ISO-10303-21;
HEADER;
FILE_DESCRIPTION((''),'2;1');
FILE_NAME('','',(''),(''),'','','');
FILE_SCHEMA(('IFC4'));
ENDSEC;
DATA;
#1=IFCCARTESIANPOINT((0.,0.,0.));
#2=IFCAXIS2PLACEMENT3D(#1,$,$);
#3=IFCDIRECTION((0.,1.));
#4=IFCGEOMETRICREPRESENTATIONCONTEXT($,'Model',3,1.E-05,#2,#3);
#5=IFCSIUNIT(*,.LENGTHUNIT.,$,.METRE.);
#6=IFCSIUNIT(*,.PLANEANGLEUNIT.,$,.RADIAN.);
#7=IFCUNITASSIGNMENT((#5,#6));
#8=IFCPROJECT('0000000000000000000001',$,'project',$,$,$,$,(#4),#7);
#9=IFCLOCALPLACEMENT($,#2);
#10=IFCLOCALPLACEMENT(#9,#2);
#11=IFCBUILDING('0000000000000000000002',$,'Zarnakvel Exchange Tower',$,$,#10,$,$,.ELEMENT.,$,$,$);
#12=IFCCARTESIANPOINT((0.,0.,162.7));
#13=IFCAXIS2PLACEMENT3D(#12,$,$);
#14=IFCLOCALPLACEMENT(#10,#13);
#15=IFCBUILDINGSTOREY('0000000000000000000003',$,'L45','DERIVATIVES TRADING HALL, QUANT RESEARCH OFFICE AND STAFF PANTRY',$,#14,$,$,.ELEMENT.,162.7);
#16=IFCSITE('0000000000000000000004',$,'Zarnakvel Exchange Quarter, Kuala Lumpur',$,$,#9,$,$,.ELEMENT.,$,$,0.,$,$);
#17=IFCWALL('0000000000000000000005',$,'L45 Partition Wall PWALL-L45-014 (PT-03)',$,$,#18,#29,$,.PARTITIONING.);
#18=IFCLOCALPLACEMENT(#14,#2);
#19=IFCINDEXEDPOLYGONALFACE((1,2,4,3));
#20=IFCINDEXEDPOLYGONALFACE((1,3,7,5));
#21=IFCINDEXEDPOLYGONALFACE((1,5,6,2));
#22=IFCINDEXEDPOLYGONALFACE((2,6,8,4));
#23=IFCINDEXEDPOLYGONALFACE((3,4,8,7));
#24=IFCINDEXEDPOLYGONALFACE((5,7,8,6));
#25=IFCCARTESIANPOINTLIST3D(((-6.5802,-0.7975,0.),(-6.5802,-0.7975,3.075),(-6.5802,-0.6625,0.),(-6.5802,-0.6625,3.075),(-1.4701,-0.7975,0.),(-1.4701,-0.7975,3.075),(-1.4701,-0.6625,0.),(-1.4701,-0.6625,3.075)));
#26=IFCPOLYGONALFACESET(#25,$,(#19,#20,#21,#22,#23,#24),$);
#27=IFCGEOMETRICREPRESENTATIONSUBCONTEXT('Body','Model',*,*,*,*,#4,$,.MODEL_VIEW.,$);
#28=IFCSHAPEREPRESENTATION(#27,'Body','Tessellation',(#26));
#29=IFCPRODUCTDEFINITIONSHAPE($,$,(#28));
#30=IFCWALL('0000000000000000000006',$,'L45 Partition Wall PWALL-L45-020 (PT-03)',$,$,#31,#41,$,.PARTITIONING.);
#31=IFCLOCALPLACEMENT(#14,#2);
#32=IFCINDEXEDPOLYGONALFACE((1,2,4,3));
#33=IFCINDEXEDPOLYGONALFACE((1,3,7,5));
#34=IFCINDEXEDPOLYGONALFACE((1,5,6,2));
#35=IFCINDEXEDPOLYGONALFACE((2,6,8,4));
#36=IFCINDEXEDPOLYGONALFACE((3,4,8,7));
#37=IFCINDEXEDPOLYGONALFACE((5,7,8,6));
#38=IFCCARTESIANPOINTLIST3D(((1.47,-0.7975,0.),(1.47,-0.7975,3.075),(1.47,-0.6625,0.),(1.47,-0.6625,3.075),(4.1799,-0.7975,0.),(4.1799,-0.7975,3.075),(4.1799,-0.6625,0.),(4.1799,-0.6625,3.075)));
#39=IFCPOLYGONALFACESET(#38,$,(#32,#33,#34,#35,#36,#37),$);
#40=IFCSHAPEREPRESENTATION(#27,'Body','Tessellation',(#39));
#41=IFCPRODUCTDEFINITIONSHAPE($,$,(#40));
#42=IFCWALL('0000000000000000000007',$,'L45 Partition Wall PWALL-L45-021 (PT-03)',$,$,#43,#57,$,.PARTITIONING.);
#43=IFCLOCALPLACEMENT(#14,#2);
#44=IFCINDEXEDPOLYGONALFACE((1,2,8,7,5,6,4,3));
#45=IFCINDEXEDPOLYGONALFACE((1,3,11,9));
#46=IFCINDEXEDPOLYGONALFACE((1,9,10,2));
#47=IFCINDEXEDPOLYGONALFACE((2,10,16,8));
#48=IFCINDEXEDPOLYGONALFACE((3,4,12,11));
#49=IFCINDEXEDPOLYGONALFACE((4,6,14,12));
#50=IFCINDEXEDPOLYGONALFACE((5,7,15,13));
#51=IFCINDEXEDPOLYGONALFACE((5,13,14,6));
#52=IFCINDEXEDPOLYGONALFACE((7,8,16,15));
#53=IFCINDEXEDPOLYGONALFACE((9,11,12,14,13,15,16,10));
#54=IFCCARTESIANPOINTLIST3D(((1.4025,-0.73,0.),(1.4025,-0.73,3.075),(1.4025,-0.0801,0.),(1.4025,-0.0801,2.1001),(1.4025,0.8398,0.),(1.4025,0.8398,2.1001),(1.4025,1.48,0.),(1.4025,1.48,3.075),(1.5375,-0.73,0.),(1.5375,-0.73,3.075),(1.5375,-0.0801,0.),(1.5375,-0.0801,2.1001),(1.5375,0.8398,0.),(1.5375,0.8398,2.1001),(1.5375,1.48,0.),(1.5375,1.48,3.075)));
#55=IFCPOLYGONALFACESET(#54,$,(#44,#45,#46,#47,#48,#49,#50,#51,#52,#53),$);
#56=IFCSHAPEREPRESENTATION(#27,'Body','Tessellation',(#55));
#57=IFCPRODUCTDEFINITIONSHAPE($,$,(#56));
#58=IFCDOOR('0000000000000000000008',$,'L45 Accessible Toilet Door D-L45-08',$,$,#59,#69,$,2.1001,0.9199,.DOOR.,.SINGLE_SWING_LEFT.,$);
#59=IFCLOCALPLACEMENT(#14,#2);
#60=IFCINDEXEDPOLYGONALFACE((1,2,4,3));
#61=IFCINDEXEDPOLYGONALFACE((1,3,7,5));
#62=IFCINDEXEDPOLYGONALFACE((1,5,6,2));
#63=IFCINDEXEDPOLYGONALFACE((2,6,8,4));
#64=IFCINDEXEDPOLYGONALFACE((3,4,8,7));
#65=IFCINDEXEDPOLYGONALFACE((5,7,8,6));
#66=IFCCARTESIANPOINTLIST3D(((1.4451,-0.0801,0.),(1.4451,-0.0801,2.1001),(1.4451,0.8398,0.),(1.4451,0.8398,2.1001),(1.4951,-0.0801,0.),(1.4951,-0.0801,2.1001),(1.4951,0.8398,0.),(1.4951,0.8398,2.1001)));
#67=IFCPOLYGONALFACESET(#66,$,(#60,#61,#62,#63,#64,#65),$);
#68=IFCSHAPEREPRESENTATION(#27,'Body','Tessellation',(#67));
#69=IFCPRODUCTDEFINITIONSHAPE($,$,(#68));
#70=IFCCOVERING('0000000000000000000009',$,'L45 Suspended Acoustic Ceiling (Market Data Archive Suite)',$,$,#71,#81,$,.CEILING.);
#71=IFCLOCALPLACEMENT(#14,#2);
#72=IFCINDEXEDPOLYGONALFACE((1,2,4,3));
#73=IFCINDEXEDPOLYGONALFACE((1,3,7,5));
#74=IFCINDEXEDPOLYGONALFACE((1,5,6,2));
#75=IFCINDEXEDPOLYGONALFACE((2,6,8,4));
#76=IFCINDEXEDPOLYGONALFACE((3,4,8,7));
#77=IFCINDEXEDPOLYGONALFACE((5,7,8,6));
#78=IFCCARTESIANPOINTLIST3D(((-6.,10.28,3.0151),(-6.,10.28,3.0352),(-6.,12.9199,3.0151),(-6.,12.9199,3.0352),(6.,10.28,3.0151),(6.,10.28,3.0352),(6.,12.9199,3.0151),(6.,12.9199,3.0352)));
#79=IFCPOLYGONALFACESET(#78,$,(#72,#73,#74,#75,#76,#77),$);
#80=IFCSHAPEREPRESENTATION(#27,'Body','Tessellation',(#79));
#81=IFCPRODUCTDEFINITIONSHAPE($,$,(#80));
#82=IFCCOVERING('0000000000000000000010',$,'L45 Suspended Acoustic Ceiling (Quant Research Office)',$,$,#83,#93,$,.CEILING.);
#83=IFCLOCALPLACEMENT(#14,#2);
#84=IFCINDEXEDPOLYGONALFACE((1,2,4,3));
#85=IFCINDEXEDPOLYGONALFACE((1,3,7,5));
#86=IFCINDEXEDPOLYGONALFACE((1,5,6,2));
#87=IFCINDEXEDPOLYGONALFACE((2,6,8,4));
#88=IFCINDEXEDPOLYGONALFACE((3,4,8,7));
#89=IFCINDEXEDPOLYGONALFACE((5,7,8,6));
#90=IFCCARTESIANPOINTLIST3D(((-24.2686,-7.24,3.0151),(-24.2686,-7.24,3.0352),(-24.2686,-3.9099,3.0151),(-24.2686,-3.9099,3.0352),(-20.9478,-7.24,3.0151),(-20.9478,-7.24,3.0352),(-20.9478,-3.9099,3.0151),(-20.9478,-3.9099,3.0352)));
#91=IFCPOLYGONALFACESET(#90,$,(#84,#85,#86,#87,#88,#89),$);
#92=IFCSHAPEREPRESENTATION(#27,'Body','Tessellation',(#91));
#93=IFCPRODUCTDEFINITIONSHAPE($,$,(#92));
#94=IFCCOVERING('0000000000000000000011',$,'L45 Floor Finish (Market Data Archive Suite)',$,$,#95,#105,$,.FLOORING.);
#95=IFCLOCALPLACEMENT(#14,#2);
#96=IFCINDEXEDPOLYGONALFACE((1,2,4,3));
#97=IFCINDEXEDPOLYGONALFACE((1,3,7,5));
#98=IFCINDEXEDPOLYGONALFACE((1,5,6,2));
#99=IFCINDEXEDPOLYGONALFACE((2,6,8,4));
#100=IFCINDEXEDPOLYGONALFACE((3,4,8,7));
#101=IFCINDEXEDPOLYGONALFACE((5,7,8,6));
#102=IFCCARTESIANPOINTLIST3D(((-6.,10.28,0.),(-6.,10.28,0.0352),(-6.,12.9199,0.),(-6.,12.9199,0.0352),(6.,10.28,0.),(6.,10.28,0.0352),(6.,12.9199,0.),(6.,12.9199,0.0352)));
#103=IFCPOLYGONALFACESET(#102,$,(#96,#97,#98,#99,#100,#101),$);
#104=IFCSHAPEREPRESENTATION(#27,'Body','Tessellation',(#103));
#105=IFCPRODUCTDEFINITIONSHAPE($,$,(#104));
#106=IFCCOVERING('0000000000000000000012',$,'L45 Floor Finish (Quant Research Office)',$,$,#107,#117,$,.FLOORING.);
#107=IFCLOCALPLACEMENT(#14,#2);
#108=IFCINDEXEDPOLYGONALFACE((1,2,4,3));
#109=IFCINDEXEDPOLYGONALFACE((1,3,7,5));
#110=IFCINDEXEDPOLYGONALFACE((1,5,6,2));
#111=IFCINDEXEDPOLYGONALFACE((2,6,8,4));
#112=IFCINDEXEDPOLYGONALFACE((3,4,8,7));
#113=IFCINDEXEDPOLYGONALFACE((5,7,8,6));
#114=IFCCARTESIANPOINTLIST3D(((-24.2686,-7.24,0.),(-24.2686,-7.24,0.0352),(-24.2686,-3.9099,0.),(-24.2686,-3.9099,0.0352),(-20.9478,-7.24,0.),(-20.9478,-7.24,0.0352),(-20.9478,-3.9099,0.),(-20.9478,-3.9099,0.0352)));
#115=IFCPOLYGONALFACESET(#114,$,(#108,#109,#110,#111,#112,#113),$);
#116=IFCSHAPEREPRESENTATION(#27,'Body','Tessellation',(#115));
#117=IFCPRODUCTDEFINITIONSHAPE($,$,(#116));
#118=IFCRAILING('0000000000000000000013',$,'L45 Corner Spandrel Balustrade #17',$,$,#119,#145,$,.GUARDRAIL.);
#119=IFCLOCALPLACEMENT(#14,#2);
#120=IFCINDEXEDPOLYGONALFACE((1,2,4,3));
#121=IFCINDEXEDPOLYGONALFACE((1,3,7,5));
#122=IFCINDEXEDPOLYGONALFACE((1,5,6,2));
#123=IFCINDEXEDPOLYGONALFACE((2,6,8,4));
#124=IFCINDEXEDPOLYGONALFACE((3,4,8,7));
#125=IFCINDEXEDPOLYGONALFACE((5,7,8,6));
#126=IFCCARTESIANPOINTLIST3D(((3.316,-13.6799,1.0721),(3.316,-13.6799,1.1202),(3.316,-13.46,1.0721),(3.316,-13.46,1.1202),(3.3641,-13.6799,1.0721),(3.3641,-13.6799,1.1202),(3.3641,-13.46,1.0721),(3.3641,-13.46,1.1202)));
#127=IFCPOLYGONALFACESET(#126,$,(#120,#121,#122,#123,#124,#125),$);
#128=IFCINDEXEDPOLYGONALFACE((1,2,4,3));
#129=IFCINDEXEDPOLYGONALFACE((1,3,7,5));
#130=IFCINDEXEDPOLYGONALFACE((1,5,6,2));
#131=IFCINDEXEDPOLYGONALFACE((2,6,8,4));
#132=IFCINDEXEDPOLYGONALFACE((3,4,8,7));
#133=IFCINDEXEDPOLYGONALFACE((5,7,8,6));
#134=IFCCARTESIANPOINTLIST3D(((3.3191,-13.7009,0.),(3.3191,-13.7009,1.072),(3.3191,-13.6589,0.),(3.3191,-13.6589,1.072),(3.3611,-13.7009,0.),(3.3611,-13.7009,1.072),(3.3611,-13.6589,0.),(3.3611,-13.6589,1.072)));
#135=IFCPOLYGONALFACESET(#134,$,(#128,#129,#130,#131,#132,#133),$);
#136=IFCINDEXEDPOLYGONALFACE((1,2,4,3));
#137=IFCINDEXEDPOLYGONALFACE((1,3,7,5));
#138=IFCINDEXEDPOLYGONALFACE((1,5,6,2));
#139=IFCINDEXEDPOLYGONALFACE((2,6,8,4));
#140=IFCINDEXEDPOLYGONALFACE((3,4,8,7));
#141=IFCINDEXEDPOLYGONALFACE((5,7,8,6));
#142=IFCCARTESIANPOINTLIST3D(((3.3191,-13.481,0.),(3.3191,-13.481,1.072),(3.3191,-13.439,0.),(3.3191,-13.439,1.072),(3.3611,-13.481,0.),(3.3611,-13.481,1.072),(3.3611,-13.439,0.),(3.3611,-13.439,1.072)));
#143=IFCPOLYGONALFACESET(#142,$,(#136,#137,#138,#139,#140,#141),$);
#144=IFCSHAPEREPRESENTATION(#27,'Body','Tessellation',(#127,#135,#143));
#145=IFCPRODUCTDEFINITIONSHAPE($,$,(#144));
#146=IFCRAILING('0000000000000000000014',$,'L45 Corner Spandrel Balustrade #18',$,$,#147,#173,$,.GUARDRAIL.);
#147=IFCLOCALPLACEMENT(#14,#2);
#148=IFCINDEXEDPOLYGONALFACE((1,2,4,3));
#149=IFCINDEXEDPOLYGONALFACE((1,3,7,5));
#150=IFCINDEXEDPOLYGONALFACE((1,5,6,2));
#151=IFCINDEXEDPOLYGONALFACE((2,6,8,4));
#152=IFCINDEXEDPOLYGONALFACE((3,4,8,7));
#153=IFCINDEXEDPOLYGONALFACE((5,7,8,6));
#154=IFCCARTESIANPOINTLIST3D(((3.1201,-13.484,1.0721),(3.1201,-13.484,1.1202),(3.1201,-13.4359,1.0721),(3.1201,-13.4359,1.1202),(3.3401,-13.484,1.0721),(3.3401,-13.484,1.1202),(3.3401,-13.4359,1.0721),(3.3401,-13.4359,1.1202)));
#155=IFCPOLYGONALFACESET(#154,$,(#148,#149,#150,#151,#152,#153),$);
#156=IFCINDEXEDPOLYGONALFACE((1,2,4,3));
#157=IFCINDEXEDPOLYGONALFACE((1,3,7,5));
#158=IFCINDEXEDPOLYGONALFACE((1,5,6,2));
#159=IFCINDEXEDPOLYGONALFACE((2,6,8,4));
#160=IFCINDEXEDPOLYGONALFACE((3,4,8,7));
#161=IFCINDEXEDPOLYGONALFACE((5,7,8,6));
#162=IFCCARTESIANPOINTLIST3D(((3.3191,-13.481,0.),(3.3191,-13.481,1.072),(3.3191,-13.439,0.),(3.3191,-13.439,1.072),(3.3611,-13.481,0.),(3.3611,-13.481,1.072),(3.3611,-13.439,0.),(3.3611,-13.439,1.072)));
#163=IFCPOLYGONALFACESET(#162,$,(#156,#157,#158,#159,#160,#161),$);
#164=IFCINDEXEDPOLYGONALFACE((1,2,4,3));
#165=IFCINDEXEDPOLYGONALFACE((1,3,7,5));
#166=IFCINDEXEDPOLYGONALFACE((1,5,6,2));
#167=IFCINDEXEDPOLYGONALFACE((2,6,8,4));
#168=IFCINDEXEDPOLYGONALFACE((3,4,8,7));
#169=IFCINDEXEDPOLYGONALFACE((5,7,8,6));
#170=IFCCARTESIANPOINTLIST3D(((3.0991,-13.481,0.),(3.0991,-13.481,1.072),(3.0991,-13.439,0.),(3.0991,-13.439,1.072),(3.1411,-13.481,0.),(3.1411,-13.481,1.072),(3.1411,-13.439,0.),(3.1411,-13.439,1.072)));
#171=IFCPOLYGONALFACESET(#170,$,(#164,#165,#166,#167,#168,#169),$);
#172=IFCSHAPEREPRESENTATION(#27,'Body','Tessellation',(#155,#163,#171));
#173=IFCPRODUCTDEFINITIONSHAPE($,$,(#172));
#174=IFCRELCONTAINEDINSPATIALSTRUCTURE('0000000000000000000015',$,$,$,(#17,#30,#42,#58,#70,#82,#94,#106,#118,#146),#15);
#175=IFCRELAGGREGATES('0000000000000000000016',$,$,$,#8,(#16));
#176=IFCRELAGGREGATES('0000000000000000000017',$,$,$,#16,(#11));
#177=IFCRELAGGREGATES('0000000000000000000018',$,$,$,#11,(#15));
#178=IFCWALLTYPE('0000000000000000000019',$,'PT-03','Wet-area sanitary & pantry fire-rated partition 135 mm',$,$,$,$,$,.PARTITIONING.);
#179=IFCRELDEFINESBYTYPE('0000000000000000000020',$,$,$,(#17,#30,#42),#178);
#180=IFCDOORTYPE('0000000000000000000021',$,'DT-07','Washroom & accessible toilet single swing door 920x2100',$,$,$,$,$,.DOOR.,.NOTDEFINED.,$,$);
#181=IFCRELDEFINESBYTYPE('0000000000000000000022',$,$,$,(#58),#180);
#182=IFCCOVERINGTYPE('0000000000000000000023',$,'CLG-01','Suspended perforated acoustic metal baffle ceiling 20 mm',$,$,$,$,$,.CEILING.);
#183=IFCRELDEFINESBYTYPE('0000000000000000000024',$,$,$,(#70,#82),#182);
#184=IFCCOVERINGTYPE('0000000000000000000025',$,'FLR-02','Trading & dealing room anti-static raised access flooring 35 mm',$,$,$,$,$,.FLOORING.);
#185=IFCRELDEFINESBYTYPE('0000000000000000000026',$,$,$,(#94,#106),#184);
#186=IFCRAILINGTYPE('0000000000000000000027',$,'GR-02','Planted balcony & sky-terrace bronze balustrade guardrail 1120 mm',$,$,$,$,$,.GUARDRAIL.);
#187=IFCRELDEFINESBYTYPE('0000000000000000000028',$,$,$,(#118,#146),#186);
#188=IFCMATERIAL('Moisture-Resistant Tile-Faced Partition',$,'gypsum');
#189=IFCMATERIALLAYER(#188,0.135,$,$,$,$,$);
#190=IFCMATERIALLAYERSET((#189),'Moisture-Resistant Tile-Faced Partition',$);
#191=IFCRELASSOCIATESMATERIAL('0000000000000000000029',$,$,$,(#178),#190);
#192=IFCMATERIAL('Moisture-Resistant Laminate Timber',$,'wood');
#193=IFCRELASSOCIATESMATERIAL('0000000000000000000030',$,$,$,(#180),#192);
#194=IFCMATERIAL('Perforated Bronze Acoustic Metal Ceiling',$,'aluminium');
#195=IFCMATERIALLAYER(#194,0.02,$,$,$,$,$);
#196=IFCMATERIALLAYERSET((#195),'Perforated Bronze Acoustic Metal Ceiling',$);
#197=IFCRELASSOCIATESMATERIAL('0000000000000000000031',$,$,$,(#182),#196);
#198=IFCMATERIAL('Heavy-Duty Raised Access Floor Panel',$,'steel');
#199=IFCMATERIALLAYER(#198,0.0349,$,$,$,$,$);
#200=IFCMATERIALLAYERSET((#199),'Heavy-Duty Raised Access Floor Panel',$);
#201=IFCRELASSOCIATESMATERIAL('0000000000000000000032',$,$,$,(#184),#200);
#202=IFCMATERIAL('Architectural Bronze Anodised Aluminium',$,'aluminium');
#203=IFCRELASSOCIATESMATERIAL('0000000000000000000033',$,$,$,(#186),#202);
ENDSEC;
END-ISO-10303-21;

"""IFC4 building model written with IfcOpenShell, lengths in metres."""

from ifc_helpers import new_model, si_unit, direction, frame, frame_2d, origin, origin_2d, place, context, subcontext, project, spatial, polyline, rectangle, outline, extrude, source, transform, mapped, material, layer, layer_set, type_object, element, fill, save


model = new_model("IFC4")

# Units and contexts
model_context = context("Model", 3, precision=1e-05, world=origin(), true_north=direction((0.0, 1.0)))
body_context = subcontext(model_context, "Body", "Model", "MODEL_VIEW")
ifc_project = project(units=[si_unit("LENGTHUNIT", "METRE"), si_unit("PLANEANGLEUNIT", "RADIAN")], contexts=[model_context])

# Site, building, storey
site_placement = place(None, origin())
site = spatial("IfcSite", under=ifc_project, at=site_placement, Name="Zarnakvel Exchange Quarter, Kuala Lumpur", CompositionType="ELEMENT", RefElevation=0.0)
building_placement = place(site_placement, origin())
building = spatial("IfcBuilding", under=site, at=building_placement, Name="Zarnakvel Exchange Tower", CompositionType="ELEMENT")
storey_placement = place(building_placement, frame((0.0, 0.0, 162.7)))
storey = spatial("IfcBuildingStorey", under=building, at=storey_placement, Name="L45", Description="DERIVATIVES TRADING HALL, QUANT RESEARCH OFFICE AND STAFF PANTRY", CompositionType="ELEMENT", Elevation=162.7)

# Walls
ifc_material_1 = material(Name="Moisture-Resistant Tile-Faced Partition", Category="gypsum")
ifc_layer_1 = layer(ifc_material_1, 0.135)
ifc_layer_set_1 = layer_set([ifc_layer_1], Name="Moisture-Resistant Tile-Faced Partition")
wall_type_1 = type_object("IfcWallType", Name="PT-03", Description="Wet-area sanitary & pantry fire-rated partition 135 mm", PredefinedType="PARTITIONING", material=ifc_layer_set_1)
wall_1_placement = place(storey_placement, frame((-1.47, -0.73, 0.0), z_axis=(0.0, 0.0, 1.0), x_axis=(-1.0, 0.0, 0.0)))
element("IfcWall", 1, at=wall_1_placement, inside=storey, type_object=wall_type_1, Name="L45 Partition Wall PWALL-L45-014 (PT-03)", PredefinedType="PARTITIONING", context=body_context, shape_type="SweptSolid", body=[
    extrude(rectangle(XDim=5.1101, YDim=0.135, at=frame_2d((2.5552, 0.0))), origin(), (0.0, 0.0, 1.0), 3.075),
])
wall_2_placement = place(storey_placement, frame((4.1799, -0.73, 0.0), z_axis=(0.0, 0.0, 1.0), x_axis=(-1.0, 0.0, 0.0)))
element("IfcWall", 2, at=wall_2_placement, inside=storey, type_object=wall_type_1, Name="L45 Partition Wall PWALL-L45-020 (PT-03)", PredefinedType="PARTITIONING", context=body_context, shape_type="SweptSolid", body=[
    extrude(rectangle(XDim=2.71, YDim=0.135, at=frame_2d((1.355, 0.0))), origin(), (0.0, 0.0, 1.0), 3.075),
])

# Wall, opening, door
wall_3_placement = place(storey_placement, frame((1.47, -0.73, 0.0), z_axis=(0.0, 0.0, 1.0), x_axis=(0.0, 1.0, 0.0)))
wall_3 = element("IfcWall", 3, at=wall_3_placement, inside=storey, type_object=wall_type_1, Name="L45 Partition Wall PWALL-L45-021 (PT-03)", PredefinedType="PARTITIONING", context=body_context, shape_type="SweptSolid", body=[
    extrude(rectangle(XDim=2.21, YDim=0.135, at=frame_2d((1.105, 0.0))), origin(), (0.0, 0.0, 1.0), 3.075),
])
opening_1_placement = place(wall_3_placement, frame((0.6499, 0.0, 0.0)))
opening_1 = element("IfcOpeningElement", 4, at=opening_1_placement, cuts=wall_3, PredefinedType="OPENING", context=body_context, shape_type="SweptSolid", body=[
    extrude(rectangle(XDim=0.9199, YDim=2.1001, at=frame_2d((0.46, 1.05))), frame((0.0, 0.0774, 0.0), z_axis=(0.0, -1.0, 0.0), x_axis=(1.0, 0.0, 0.0)), (0.0, 0.0, 1.0), 0.155),
])
ifc_material_2 = material(Name="Moisture-Resistant Laminate Timber", Category="wood")
door_type_1 = type_object("IfcDoorType", Name="DT-07", Description="Washroom & accessible toilet single swing door 920x2100", OperationType="NOTDEFINED", PredefinedType="DOOR", material=ifc_material_2)
shared_shape_1 = source(origin(), body_context, "Body", "SweptSolid", [
    extrude(rectangle(XDim=0.9199, YDim=2.1001, at=frame_2d((0.46, 1.05))), frame((0.0, 0.0249, 0.0), z_axis=(0.0, -1.0, 0.0), x_axis=(1.0, 0.0, 0.0)), (0.0, 0.0, 1.0), 0.05),
])
door_1_placement = place(opening_1_placement, origin())
door_1 = element("IfcDoor", 5, at=door_1_placement, inside=storey, type_object=door_type_1, Name="L45 Accessible Toilet Door D-L45-08", OperationType="SINGLE_SWING_LEFT", OverallHeight=2.1001, OverallWidth=0.9199, PredefinedType="DOOR", context=body_context, shape_type="MappedRepresentation", body=[
    mapped(shared_shape_1, transform((0.0, 0.0, 0.0), x_axis=(1.0, 0.0, 0.0), y_axis=(0.0, 1.0, 0.0), z_axis=(0.0, 0.0, 1.0), scale=1.0)),
])
fill(opening_1, door_1)

# Coverings
ifc_material_3 = material(Name="Perforated Bronze Acoustic Metal Ceiling", Category="aluminium")
ifc_layer_2 = layer(ifc_material_3, 0.02)
ifc_layer_set_2 = layer_set([ifc_layer_2], Name="Perforated Bronze Acoustic Metal Ceiling")
covering_type_1 = type_object("IfcCoveringType", Name="CLG-01", Description="Suspended perforated acoustic metal baffle ceiling 20 mm", PredefinedType="CEILING", material=ifc_layer_set_2)
covering_1_placement = place(storey_placement, frame((0.0, 0.0, 3.0151)))
element("IfcCovering", 6, at=covering_1_placement, inside=storey, type_object=covering_type_1, Name="L45 Suspended Acoustic Ceiling (Market Data Archive Suite)", PredefinedType="CEILING", context=body_context, shape_type="SweptSolid", body=[
    extrude(outline(polyline([(-6.0, 12.9199), (6.0, 12.9199), (6.0, 10.28), (-6.0, 10.28), (-6.0, 12.9199)])), origin(), (0.0, 0.0, 1.0), 0.02),
])
covering_2_placement = place(storey_placement, frame((0.0, 0.0, 3.0151)))
element("IfcCovering", 7, at=covering_2_placement, inside=storey, type_object=covering_type_1, Name="L45 Suspended Acoustic Ceiling (Quant Research Office)", PredefinedType="CEILING", context=body_context, shape_type="SweptSolid", body=[
    extrude(outline(polyline([(-24.2686, -3.9099), (-20.9478, -3.9099), (-20.9478, -7.24), (-24.2686, -7.24), (-24.2686, -3.9099)])), origin(), (0.0, 0.0, 1.0), 0.02),
])
ifc_material_4 = material(Name="Heavy-Duty Raised Access Floor Panel", Category="steel")
ifc_layer_3 = layer(ifc_material_4, 0.0349)
ifc_layer_set_3 = layer_set([ifc_layer_3], Name="Heavy-Duty Raised Access Floor Panel")
covering_type_2 = type_object("IfcCoveringType", Name="FLR-02", Description="Trading & dealing room anti-static raised access flooring 35 mm", PredefinedType="FLOORING", material=ifc_layer_set_3)
covering_3_placement = place(storey_placement, origin())
element("IfcCovering", 8, at=covering_3_placement, inside=storey, type_object=covering_type_2, Name="L45 Floor Finish (Market Data Archive Suite)", PredefinedType="FLOORING", context=body_context, shape_type="SweptSolid", body=[
    extrude(outline(polyline([(-6.0, 12.9199), (6.0, 12.9199), (6.0, 10.28), (-6.0, 10.28), (-6.0, 12.9199)])), origin(), (0.0, 0.0, 1.0), 0.0352),
])
covering_4_placement = place(storey_placement, origin())
element("IfcCovering", 9, at=covering_4_placement, inside=storey, type_object=covering_type_2, Name="L45 Floor Finish (Quant Research Office)", PredefinedType="FLOORING", context=body_context, shape_type="SweptSolid", body=[
    extrude(outline(polyline([(-24.2686, -3.9099), (-20.9478, -3.9099), (-20.9478, -7.24), (-24.2686, -7.24), (-24.2686, -3.9099)])), origin(), (0.0, 0.0, 1.0), 0.0352),
])

# Railings
ifc_material_5 = material(Name="Architectural Bronze Anodised Aluminium", Category="aluminium")
railing_type = type_object("IfcRailingType", Name="GR-02", Description="Planted balcony & sky-terrace bronze balustrade guardrail 1120 mm", PredefinedType="GUARDRAIL", material=ifc_material_5)
railing_1_placement = place(storey_placement, frame((3.3401, -13.6799, 0.0)))
element("IfcRailing", 10, at=railing_1_placement, inside=storey, type_object=railing_type, Name="L45 Corner Spandrel Balustrade #17", PredefinedType="GUARDRAIL", context=body_context, shape_type="SweptSolid", body=[
    extrude(rectangle(XDim=0.0481, YDim=0.0481, at=origin_2d()), frame((0.0, 0.0, 1.0962), z_axis=(0.0, 1.0, 0.0), x_axis=(-1.0, 0.0, 0.0)), (0.0, 0.0, 1.0), 0.22),
    extrude(rectangle(XDim=0.042, YDim=0.042, at=origin_2d()), origin(), (0.0, 0.0, 1.0), 1.072),
    extrude(rectangle(XDim=0.042, YDim=0.042, at=origin_2d()), frame((0.0, 0.22, 0.0)), (0.0, 0.0, 1.0), 1.072),
])
railing_2_placement = place(storey_placement, frame((3.3401, -13.46, 0.0)))
element("IfcRailing", 11, at=railing_2_placement, inside=storey, type_object=railing_type, Name="L45 Corner Spandrel Balustrade #18", PredefinedType="GUARDRAIL", context=body_context, shape_type="SweptSolid", body=[
    extrude(rectangle(XDim=0.0481, YDim=0.0481, at=origin_2d()), frame((0.0, 0.0, 1.0962), z_axis=(-1.0, 0.0, 0.0), x_axis=(0.0, -1.0, 0.0)), (0.0, 0.0, 1.0), 0.22),
    extrude(rectangle(XDim=0.042, YDim=0.042, at=origin_2d()), origin(), (0.0, 0.0, 1.0), 1.072),
    extrude(rectangle(XDim=0.042, YDim=0.042, at=origin_2d()), frame((-0.22, 0.0, 0.0)), (0.0, 0.0, 1.0), 1.072),
])

save(model, "model.ifc")
